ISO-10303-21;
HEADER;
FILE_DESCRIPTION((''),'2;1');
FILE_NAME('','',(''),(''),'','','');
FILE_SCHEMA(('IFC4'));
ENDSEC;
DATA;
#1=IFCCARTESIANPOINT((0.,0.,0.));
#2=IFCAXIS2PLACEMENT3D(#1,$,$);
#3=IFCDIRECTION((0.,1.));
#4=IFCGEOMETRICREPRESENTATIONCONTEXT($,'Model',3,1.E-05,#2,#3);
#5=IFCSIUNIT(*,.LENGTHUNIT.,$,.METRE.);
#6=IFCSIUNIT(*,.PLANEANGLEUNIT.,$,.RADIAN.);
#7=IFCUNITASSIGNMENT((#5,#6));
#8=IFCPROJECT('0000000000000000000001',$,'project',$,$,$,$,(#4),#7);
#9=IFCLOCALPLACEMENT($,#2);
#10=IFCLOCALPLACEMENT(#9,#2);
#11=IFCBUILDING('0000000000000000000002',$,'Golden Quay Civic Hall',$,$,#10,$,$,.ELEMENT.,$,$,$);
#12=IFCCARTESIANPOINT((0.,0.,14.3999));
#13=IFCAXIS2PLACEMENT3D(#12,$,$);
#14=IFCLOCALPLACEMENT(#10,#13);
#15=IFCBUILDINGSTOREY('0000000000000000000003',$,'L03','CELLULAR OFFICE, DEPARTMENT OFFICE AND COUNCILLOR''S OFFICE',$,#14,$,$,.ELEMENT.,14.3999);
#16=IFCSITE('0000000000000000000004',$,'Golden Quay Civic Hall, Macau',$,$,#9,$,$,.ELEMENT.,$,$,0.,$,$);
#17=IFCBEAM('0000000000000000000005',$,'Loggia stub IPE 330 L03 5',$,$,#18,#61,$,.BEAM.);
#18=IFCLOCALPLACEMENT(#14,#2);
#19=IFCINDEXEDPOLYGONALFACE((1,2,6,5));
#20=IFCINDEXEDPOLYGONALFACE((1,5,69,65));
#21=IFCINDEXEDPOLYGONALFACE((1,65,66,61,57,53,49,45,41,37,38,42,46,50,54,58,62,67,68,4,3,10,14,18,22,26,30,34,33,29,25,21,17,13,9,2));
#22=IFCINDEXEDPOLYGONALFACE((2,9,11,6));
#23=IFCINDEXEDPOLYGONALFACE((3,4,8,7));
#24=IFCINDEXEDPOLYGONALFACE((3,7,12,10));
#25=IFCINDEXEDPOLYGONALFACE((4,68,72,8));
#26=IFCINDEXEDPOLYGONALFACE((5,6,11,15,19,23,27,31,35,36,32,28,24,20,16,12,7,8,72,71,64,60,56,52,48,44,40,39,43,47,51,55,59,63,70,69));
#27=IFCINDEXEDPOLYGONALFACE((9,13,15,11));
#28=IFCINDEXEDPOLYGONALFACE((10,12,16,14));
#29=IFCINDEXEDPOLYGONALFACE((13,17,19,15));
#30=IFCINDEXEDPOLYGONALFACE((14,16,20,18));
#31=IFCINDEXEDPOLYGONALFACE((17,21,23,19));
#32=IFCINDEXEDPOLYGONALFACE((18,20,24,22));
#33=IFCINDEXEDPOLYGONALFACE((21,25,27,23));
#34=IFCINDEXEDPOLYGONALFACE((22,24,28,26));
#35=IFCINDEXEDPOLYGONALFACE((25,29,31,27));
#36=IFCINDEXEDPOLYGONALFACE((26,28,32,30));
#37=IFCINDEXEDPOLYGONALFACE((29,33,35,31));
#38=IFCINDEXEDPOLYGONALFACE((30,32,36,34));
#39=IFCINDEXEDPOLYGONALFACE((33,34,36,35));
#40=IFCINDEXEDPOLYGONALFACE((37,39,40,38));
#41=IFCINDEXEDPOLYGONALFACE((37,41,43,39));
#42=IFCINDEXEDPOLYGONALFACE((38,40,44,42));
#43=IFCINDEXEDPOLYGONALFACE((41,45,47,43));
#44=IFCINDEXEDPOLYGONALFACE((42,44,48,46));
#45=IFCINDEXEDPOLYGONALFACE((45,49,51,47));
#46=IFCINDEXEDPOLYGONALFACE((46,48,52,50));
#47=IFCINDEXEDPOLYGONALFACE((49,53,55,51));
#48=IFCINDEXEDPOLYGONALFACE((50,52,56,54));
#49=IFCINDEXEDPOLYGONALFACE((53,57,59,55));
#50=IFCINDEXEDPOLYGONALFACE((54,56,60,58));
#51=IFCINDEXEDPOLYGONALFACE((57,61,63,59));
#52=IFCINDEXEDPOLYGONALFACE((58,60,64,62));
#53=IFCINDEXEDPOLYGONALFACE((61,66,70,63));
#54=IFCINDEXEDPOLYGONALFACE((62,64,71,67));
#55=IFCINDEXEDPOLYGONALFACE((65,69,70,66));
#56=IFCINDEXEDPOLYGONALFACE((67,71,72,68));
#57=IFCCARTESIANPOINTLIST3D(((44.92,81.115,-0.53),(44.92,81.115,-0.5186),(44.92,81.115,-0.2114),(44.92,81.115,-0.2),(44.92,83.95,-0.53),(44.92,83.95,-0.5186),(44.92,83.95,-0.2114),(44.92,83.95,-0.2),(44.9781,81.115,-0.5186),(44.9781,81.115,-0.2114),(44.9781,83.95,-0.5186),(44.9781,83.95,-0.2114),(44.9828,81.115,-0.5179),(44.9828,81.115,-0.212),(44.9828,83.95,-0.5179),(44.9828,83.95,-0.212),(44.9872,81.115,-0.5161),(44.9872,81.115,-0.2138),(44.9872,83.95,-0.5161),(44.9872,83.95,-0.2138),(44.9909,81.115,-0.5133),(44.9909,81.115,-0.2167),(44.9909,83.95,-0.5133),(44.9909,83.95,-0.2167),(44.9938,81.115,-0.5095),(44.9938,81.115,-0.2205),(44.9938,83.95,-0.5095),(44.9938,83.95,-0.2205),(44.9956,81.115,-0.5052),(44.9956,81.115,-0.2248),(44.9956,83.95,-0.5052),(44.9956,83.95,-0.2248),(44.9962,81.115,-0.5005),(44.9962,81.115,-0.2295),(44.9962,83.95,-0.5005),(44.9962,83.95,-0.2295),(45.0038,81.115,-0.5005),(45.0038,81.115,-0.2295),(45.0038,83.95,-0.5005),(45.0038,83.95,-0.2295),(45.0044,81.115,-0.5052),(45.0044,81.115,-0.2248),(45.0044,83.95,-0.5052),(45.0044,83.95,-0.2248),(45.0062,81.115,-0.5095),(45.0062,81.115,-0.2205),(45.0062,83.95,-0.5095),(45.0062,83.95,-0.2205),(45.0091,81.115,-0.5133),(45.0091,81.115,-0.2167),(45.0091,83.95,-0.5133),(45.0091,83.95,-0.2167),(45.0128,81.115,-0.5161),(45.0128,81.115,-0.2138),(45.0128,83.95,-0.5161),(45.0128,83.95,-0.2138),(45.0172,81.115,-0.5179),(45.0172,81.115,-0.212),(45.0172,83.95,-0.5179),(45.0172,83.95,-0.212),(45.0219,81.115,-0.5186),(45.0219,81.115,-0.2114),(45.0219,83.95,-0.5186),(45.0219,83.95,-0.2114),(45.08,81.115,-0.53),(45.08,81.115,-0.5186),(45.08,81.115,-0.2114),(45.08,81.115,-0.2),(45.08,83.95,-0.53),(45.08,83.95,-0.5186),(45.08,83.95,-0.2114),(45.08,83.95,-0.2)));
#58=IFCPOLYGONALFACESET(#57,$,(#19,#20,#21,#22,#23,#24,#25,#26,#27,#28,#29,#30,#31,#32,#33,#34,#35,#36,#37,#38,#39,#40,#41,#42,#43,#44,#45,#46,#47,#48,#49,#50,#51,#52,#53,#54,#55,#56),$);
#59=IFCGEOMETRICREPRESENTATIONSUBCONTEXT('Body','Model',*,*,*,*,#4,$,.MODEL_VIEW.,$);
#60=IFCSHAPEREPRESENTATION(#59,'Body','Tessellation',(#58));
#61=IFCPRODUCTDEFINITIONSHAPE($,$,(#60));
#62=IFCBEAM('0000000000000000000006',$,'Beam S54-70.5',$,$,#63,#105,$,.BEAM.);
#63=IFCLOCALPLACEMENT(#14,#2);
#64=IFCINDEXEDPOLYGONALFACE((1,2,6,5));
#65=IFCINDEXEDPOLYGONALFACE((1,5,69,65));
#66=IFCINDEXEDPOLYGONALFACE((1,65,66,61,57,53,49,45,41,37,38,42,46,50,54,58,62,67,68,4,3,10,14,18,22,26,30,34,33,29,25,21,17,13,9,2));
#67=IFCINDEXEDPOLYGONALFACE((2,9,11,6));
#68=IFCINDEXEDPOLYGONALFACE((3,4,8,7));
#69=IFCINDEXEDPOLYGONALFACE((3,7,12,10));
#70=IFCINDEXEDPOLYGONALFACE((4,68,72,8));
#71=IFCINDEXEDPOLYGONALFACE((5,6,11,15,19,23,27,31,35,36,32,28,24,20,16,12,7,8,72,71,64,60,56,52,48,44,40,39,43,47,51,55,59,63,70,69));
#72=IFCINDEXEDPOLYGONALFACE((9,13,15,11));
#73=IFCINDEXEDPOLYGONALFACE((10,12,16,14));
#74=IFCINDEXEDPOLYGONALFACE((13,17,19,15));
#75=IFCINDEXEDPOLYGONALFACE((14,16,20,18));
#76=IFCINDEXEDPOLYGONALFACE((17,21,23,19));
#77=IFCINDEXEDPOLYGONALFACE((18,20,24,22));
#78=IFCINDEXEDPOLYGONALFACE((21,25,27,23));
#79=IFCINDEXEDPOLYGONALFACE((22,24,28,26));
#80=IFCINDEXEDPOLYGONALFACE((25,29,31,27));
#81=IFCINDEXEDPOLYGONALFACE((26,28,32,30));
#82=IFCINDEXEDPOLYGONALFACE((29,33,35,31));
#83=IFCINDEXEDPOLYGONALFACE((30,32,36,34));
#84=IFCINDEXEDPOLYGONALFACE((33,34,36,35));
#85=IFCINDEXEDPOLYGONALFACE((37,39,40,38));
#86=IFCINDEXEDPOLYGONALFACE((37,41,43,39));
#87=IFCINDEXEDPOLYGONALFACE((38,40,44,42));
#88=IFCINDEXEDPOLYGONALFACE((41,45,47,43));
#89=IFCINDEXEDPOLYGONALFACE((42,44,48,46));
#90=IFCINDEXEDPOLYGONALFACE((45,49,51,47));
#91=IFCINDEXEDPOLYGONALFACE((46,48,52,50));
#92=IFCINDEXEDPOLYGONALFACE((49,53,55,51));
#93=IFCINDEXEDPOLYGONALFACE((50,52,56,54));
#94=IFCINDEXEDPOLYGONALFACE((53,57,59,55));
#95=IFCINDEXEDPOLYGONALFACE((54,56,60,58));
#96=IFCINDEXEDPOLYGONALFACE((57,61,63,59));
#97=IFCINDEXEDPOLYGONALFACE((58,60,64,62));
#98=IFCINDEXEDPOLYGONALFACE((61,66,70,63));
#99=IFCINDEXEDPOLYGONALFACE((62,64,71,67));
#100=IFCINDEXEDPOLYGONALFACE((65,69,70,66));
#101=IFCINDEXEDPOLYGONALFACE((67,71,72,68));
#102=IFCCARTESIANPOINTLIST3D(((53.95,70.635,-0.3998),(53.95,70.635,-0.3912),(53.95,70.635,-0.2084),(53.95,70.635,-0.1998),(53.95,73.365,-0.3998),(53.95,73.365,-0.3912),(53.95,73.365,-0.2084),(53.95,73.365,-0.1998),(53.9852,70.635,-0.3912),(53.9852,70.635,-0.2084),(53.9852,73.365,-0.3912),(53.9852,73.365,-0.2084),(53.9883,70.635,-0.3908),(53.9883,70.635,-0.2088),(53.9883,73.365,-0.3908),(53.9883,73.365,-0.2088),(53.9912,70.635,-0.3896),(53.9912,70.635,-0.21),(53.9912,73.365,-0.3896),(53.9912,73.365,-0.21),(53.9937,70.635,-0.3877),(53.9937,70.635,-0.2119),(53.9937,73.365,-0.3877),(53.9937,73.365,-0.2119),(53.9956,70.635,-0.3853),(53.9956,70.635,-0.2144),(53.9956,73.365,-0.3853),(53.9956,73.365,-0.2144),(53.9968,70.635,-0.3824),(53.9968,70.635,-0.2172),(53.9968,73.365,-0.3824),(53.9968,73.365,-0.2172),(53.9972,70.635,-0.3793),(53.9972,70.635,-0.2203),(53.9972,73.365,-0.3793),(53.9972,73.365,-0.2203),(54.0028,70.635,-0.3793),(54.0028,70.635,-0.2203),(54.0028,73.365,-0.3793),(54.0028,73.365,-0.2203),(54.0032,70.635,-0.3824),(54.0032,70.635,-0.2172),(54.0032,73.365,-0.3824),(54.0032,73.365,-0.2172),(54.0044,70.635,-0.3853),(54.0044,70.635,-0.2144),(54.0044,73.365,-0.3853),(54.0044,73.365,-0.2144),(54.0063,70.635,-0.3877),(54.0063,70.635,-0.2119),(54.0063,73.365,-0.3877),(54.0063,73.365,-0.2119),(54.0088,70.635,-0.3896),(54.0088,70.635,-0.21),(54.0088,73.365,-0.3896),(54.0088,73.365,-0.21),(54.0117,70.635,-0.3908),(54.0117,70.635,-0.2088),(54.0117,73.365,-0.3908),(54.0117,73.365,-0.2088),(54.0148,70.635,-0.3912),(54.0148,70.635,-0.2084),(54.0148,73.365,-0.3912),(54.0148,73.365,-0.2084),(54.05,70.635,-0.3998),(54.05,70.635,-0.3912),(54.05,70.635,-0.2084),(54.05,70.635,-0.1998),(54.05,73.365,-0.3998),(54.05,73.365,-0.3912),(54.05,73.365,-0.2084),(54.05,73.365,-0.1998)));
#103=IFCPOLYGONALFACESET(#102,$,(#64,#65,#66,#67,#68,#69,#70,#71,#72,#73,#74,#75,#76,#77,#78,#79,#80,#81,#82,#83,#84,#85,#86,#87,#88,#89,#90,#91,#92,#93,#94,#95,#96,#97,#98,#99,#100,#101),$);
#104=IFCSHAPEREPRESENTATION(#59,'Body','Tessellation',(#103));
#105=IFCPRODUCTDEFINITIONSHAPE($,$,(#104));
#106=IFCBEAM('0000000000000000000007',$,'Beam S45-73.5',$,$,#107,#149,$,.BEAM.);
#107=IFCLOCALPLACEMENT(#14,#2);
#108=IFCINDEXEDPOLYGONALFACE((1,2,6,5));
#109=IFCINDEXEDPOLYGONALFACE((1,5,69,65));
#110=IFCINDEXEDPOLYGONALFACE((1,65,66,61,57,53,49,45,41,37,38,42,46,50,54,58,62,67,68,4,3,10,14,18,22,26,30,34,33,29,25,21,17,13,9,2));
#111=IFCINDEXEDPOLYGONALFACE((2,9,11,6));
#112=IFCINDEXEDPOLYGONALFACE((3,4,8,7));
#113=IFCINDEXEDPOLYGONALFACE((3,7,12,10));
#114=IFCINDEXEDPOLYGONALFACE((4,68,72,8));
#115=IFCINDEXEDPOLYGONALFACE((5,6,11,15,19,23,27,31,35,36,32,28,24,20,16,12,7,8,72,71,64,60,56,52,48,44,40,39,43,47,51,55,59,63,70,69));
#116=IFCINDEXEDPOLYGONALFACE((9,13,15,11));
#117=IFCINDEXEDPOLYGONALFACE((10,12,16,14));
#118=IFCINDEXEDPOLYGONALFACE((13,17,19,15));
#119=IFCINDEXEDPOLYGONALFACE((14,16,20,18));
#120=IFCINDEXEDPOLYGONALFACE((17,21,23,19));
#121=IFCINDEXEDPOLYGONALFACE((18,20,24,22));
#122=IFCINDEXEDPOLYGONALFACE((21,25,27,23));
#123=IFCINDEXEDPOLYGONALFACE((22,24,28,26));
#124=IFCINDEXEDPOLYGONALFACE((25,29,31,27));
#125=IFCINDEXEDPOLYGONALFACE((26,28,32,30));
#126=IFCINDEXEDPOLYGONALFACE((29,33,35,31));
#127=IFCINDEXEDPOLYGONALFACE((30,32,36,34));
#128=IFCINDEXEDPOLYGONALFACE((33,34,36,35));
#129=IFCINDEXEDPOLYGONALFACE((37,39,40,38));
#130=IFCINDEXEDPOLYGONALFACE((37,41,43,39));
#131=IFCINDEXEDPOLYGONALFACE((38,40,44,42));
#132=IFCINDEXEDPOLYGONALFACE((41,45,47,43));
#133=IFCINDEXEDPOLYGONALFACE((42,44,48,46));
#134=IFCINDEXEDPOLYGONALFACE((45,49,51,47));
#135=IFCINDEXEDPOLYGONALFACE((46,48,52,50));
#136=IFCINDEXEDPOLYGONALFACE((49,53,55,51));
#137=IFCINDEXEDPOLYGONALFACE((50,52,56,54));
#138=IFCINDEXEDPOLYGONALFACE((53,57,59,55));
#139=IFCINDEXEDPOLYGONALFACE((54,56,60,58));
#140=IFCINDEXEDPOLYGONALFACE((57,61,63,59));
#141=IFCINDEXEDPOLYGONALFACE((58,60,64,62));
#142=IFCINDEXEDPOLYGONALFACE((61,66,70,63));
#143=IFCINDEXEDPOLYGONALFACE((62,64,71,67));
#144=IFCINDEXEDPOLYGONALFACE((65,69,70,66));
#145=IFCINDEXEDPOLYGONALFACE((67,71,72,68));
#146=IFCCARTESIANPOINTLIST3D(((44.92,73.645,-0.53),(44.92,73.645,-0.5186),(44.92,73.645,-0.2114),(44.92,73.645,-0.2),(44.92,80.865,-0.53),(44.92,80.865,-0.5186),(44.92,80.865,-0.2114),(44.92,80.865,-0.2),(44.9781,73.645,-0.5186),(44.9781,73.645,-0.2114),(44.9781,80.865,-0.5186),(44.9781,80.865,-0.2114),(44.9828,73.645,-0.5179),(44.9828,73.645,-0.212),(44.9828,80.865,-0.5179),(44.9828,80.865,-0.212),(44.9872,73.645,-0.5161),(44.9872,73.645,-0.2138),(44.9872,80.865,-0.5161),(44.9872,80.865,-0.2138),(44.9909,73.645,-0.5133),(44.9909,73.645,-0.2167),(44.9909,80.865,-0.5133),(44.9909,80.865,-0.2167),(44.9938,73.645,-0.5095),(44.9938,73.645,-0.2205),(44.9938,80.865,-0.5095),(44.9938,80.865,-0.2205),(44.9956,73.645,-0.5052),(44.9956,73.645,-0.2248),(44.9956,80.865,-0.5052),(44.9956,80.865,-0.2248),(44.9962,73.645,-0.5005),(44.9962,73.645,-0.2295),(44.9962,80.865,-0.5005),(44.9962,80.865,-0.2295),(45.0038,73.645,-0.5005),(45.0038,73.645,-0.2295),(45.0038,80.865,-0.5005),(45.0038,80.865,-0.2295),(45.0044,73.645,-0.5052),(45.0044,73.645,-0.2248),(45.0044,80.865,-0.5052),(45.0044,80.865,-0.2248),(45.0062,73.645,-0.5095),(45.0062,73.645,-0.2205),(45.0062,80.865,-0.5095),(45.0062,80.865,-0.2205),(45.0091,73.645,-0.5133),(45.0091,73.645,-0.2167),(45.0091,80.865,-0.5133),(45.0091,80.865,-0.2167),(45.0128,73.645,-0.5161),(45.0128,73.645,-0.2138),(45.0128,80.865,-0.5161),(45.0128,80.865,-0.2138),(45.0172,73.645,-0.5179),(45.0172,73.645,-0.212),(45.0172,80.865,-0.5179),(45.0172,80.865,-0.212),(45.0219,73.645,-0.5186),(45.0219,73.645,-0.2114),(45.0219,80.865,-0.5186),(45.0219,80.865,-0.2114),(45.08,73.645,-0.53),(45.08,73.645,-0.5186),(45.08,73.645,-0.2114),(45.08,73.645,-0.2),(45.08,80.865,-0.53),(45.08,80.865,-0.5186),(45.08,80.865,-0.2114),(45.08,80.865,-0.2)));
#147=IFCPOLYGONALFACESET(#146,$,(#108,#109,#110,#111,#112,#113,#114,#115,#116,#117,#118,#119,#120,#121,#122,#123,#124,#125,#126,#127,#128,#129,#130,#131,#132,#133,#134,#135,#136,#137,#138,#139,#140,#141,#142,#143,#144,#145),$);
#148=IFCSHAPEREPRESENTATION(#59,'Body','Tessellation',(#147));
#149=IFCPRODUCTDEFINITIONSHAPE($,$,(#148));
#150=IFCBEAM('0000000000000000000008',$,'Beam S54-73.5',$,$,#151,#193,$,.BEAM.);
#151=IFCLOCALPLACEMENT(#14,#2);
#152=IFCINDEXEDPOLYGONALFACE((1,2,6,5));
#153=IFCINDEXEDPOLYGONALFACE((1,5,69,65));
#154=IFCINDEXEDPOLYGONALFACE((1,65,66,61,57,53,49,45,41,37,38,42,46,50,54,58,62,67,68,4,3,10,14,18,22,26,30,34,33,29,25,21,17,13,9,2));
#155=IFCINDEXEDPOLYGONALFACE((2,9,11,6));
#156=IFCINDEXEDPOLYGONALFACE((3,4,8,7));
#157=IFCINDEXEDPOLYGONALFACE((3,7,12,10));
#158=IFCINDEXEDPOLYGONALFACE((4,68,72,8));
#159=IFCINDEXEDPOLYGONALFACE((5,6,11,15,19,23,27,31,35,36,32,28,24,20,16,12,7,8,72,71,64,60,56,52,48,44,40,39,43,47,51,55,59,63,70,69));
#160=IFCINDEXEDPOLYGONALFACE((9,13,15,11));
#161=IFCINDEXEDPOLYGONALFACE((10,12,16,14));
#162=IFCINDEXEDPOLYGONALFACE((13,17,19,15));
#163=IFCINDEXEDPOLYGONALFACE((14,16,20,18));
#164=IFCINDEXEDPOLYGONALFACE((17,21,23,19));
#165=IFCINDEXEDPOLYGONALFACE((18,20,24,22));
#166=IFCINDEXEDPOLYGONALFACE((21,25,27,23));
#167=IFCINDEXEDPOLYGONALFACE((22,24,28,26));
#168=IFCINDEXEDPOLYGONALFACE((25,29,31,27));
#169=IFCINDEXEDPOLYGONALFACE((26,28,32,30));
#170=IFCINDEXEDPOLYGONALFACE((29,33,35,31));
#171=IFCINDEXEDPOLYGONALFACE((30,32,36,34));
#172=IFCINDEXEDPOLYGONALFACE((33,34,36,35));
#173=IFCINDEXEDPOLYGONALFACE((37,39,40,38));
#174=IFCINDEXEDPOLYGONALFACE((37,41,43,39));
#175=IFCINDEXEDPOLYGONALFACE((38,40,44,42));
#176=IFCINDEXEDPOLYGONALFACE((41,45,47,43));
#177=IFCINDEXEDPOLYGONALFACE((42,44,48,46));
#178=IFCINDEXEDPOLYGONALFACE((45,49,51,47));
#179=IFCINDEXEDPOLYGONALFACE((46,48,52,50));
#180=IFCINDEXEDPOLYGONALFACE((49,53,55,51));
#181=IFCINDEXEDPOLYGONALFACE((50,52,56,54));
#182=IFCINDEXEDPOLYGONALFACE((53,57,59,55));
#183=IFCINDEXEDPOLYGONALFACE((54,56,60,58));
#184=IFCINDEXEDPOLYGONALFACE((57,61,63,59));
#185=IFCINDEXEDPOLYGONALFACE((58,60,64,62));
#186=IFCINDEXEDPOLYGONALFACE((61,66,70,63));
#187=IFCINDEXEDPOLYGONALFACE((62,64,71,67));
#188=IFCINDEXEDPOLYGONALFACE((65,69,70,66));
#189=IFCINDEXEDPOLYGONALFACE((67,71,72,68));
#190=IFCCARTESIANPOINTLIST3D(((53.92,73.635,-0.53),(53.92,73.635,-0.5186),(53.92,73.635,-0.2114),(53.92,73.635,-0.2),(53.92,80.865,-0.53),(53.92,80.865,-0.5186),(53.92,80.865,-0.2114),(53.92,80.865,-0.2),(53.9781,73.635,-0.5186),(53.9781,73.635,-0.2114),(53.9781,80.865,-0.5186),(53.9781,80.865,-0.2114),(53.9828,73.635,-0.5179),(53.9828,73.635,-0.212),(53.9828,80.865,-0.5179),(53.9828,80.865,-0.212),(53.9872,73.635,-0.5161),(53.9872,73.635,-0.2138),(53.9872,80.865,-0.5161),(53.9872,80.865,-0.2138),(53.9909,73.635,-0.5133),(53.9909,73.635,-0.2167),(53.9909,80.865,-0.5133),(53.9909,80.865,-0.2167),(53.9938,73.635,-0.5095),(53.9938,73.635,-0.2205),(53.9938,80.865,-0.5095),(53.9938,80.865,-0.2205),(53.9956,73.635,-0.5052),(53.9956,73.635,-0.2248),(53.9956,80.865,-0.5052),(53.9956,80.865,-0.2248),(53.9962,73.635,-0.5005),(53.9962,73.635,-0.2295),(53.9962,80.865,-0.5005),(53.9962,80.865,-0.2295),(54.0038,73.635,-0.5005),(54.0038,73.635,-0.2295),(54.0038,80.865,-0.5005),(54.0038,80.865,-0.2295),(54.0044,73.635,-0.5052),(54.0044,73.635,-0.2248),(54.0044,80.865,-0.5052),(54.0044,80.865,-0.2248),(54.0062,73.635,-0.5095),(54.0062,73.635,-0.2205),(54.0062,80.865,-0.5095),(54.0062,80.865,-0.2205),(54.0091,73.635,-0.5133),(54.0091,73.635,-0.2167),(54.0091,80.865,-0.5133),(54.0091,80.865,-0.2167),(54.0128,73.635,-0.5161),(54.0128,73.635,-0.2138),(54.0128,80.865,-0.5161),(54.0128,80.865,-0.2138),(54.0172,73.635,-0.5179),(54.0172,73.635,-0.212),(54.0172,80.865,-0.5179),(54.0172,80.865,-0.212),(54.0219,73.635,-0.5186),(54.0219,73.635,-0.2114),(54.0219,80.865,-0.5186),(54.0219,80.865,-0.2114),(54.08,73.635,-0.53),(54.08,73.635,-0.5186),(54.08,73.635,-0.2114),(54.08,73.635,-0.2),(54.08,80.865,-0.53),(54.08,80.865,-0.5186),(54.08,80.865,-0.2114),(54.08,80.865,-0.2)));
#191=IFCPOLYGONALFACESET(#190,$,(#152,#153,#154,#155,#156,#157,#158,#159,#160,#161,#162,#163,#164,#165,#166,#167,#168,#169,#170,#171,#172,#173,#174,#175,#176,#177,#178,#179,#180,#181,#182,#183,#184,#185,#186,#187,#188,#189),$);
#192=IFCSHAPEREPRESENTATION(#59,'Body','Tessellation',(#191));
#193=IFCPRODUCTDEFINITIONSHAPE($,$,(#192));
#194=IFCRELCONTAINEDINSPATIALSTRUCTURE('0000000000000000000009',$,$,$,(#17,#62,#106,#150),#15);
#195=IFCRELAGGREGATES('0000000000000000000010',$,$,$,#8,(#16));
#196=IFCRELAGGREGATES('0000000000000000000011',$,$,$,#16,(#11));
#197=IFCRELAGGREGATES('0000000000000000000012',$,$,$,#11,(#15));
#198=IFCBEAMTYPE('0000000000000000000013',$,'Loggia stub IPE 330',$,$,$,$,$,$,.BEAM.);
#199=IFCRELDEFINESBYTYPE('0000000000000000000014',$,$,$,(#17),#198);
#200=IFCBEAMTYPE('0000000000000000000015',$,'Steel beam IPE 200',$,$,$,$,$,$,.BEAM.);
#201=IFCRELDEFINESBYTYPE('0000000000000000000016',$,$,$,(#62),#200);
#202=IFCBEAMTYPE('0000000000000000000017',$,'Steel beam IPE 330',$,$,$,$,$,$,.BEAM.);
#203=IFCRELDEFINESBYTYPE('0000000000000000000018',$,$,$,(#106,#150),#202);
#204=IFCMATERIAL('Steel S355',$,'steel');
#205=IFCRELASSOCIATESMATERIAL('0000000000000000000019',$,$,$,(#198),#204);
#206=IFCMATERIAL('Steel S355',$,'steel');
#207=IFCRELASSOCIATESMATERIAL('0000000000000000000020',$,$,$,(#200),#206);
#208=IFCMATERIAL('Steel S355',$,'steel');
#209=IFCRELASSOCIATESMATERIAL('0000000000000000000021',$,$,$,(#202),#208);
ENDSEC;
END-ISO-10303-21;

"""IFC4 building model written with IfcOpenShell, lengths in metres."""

from ifc_helpers import new_model, si_unit, direction, frame, origin, origin_2d, place, context, subcontext, project, spatial, i_section, extrude, material, material_profile, profile_set, type_object, element, save


model = new_model("IFC4")

# Units and contexts
model_context = context("Model", 3, precision=1e-05, world=origin(), true_north=direction((0.0, 1.0)))
body_context = subcontext(model_context, "Body", "Model", "MODEL_VIEW")
ifc_project = project(units=[si_unit("LENGTHUNIT", "METRE"), si_unit("PLANEANGLEUNIT", "RADIAN")], contexts=[model_context])

# Site, building, storey
site_placement = place(None, origin())
site = spatial("IfcSite", under=ifc_project, at=site_placement, Name="Golden Quay Civic Hall, Macau", CompositionType="ELEMENT", RefElevation=0.0)
building_placement = place(site_placement, origin())
building = spatial("IfcBuilding", under=site, at=building_placement, Name="Golden Quay Civic Hall", CompositionType="ELEMENT")
storey_placement = place(building_placement, frame((0.0, 0.0, 14.3999)))
storey = spatial("IfcBuildingStorey", under=building, at=storey_placement, Name="L03", Description="CELLULAR OFFICE, DEPARTMENT OFFICE AND COUNCILLOR'S OFFICE", CompositionType="ELEMENT", Elevation=14.3999)

# Beams
ifc_material_1 = material(Name="Steel S355", Category="steel")
ifc_material_profile_1 = material_profile(ifc_material_1, i_section(OverallWidth=0.1599, OverallDepth=0.3301, WebThickness=0.0076, FlangeThickness=0.0115, FilletRadius=0.0181, at=origin_2d()), Name="IPE 330")
ifc_profile_set_1 = profile_set([ifc_material_profile_1], Name="Steel S355")
beam_type_1 = type_object("IfcBeamType", Name="Loggia stub IPE 330", PredefinedType="BEAM", material=ifc_profile_set_1)
beam_1_placement = place(storey_placement, frame((45.0, 81.115, -0.365), z_axis=(0.0, 1.0, 0.0), x_axis=(-1.0, 0.0, 0.0)))
element("IfcBeam", 1, at=beam_1_placement, inside=storey, type_object=beam_type_1, Name="Loggia stub IPE 330 L03 5", PredefinedType="BEAM", context=body_context, shape_type="SweptSolid", body=[
    extrude(i_section(OverallWidth=0.1599, OverallDepth=0.3301, WebThickness=0.0076, FlangeThickness=0.0115, FilletRadius=0.0181, at=origin_2d()), origin(), (0.0, 0.0, 1.0), 2.835),
])
ifc_material_2 = material(Name="Steel S355", Category="steel")
ifc_material_profile_2 = material_profile(ifc_material_2, i_section(OverallWidth=0.1001, OverallDepth=0.2, WebThickness=0.0056, FlangeThickness=0.0085, FilletRadius=0.012, at=origin_2d()), Name="IPE 200")
ifc_profile_set_2 = profile_set([ifc_material_profile_2], Name="Steel S355")
beam_type_2 = type_object("IfcBeamType", Name="Steel beam IPE 200", PredefinedType="BEAM", material=ifc_profile_set_2)
beam_2_placement = place(storey_placement, frame((54.0, 70.635, -0.2998), z_axis=(0.0, 1.0, 0.0), x_axis=(-1.0, 0.0, 0.0)))
element("IfcBeam", 2, at=beam_2_placement, inside=storey, type_object=beam_type_2, Name="Beam S54-70.5", PredefinedType="BEAM", context=body_context, shape_type="SweptSolid", body=[
    extrude(i_section(OverallWidth=0.1001, OverallDepth=0.2, WebThickness=0.0056, FlangeThickness=0.0085, FilletRadius=0.012, at=origin_2d()), origin(), (0.0, 0.0, 1.0), 2.73),
])
ifc_material_3 = material(Name="Steel S355", Category="steel")
ifc_material_profile_3 = material_profile(ifc_material_3, i_section(OverallWidth=0.1599, OverallDepth=0.3301, WebThickness=0.0076, FlangeThickness=0.0115, FilletRadius=0.0181, at=origin_2d()), Name="IPE 330")
ifc_profile_set_3 = profile_set([ifc_material_profile_3], Name="Steel S355")
beam_type_3 = type_object("IfcBeamType", Name="Steel beam IPE 330", PredefinedType="BEAM", material=ifc_profile_set_3)
beam_3_placement = place(storey_placement, frame((45.0, 73.645, -0.365), z_axis=(0.0, 1.0, 0.0), x_axis=(-1.0, 0.0, 0.0)))
element("IfcBeam", 3, at=beam_3_placement, inside=storey, type_object=beam_type_3, Name="Beam S45-73.5", PredefinedType="BEAM", context=body_context, shape_type="SweptSolid", body=[
    extrude(i_section(OverallWidth=0.1599, OverallDepth=0.3301, WebThickness=0.0076, FlangeThickness=0.0115, FilletRadius=0.0181, at=origin_2d()), origin(), (0.0, 0.0, 1.0), 7.22),
])
beam_4_placement = place(storey_placement, frame((54.0, 73.635, -0.365), z_axis=(0.0, 1.0, 0.0), x_axis=(-1.0, 0.0, 0.0)))
element("IfcBeam", 4, at=beam_4_placement, inside=storey, type_object=beam_type_3, Name="Beam S54-73.5", PredefinedType="BEAM", context=body_context, shape_type="SweptSolid", body=[
    extrude(i_section(OverallWidth=0.1599, OverallDepth=0.3301, WebThickness=0.0076, FlangeThickness=0.0115, FilletRadius=0.0181, at=origin_2d()), origin(), (0.0, 0.0, 1.0), 7.23),
])

save(model, "model.ifc")
